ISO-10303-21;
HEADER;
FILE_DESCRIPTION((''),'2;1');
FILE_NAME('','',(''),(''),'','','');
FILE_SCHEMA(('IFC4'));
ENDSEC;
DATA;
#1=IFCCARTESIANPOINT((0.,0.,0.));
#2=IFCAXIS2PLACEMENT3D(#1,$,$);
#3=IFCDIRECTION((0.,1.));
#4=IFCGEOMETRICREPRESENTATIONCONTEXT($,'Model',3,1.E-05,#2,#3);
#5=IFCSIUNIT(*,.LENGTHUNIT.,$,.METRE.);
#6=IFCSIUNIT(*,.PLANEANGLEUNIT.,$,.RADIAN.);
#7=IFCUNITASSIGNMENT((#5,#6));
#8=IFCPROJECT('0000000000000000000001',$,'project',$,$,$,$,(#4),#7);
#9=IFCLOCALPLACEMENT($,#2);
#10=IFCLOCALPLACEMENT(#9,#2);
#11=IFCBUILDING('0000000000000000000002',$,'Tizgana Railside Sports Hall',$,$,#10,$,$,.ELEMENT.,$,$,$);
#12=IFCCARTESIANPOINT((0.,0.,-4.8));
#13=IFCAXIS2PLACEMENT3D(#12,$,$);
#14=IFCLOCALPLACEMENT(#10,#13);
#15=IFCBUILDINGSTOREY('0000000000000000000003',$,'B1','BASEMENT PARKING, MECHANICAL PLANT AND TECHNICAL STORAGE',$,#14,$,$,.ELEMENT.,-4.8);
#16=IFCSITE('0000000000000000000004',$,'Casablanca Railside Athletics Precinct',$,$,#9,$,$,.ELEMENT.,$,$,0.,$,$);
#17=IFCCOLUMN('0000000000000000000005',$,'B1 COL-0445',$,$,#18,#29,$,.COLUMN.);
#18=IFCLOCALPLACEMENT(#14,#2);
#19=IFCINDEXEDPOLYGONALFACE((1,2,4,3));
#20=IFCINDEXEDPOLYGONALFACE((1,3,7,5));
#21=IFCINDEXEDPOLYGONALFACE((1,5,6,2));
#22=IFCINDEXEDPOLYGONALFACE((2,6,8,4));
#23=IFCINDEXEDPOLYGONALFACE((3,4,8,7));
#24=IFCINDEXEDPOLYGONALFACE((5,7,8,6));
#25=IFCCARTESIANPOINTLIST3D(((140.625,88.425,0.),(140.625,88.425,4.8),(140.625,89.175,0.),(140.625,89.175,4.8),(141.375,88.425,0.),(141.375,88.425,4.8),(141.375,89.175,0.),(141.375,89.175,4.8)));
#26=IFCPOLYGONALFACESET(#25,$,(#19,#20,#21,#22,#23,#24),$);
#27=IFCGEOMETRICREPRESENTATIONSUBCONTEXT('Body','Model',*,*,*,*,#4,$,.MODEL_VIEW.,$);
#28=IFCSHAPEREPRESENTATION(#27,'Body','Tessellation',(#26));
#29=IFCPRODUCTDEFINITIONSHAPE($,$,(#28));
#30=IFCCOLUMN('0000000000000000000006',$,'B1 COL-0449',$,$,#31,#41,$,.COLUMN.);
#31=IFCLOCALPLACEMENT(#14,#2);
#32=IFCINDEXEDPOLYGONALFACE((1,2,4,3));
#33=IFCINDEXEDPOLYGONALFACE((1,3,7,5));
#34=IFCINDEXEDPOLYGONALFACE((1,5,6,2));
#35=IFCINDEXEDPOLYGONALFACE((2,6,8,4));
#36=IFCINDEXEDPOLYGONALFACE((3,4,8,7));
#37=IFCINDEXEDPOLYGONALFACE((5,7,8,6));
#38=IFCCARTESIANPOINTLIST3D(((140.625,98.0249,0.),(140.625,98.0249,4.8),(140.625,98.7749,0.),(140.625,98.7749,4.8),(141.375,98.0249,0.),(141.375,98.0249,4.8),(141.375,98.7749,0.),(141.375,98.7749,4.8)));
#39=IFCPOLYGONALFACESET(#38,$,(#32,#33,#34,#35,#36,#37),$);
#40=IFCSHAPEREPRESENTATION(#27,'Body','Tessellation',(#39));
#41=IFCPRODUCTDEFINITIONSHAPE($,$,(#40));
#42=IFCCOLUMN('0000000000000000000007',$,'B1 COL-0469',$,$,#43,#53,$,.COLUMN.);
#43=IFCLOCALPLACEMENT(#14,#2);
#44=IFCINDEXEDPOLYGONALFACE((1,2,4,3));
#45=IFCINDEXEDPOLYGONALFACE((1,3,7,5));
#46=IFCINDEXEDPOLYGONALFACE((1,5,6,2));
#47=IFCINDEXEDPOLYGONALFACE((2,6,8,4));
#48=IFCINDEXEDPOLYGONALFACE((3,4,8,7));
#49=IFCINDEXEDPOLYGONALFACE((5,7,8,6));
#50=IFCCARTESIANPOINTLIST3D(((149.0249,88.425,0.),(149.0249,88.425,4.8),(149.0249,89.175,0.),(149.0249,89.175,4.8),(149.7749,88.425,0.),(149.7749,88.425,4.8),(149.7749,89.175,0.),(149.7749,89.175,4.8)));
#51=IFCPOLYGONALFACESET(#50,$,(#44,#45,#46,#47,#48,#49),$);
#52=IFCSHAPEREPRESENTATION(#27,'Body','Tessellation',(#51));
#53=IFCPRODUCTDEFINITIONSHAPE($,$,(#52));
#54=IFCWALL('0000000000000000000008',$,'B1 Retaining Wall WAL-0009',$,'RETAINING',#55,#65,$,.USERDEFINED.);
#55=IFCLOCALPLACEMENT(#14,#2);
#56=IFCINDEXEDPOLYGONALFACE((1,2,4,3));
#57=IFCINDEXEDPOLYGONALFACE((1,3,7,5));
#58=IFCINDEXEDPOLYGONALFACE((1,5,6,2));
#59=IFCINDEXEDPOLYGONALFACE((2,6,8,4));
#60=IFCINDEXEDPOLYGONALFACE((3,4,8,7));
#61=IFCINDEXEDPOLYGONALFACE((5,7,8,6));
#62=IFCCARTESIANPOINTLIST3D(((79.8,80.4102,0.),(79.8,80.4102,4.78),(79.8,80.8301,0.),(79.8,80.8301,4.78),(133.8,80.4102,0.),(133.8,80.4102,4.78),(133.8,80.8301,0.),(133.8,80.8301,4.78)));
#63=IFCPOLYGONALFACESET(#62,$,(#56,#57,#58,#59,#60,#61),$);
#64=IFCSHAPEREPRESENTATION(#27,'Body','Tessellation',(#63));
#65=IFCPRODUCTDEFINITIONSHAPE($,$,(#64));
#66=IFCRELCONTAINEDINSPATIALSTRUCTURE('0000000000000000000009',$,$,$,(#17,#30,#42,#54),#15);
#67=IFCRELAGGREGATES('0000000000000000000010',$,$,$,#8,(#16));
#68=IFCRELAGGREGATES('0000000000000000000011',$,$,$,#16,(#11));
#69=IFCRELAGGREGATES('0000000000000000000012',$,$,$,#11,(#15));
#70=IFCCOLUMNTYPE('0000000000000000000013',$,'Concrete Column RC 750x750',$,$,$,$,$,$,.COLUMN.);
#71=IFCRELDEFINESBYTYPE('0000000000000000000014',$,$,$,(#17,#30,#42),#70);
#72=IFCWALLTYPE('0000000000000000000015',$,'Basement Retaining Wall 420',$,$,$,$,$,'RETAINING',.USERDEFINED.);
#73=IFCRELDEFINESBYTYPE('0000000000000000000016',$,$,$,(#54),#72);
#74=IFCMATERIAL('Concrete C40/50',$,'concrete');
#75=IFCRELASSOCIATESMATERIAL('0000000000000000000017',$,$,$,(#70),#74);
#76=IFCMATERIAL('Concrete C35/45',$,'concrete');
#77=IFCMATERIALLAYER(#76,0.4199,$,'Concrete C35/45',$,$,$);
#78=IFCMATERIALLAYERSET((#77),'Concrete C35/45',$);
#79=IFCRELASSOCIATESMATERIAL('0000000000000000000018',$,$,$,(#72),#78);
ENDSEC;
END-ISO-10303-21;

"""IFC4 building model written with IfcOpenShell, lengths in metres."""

from ifc_helpers import new_model, si_unit, direction, frame, frame_2d, origin, origin_2d, place, context, subcontext, project, spatial, rectangle, extrude, material, layer, layer_set, material_profile, profile_set, type_object, element, save


model = new_model("IFC4")

# Units and contexts
model_context = context("Model", 3, precision=1e-05, world=origin(), true_north=direction((0.0, 1.0)))
body_context = subcontext(model_context, "Body", "Model", "MODEL_VIEW")
ifc_project = project(units=[si_unit("LENGTHUNIT", "METRE"), si_unit("PLANEANGLEUNIT", "RADIAN")], contexts=[model_context])

# Site, building, storey
site_placement = place(None, origin())
site = spatial("IfcSite", under=ifc_project, at=site_placement, Name="Casablanca Railside Athletics Precinct", CompositionType="ELEMENT", RefElevation=0.0)
building_placement = place(site_placement, origin())
building = spatial("IfcBuilding", under=site, at=building_placement, Name="Tizgana Railside Sports Hall", CompositionType="ELEMENT")
storey_placement = place(building_placement, frame((0.0, 0.0, -4.8)))
storey = spatial("IfcBuildingStorey", under=building, at=storey_placement, Name="B1", Description="BASEMENT PARKING, MECHANICAL PLANT AND TECHNICAL STORAGE", CompositionType="ELEMENT", Elevation=-4.8)

# Shared definitions
ifc_material_1 = material(Name="Concrete C35/45", Category="concrete")

# Columns
ifc_material_2 = material(Name="Concrete C40/50", Category="concrete")
ifc_material_profile_1 = material_profile(ifc_material_2, rectangle(XDim=0.75, YDim=0.75, at=origin_2d()), Name="RC 750x750")
ifc_profile_set_1 = profile_set([ifc_material_profile_1], Name="Concrete C40/50")
column_type_1 = type_object("IfcColumnType", Name="Concrete Column RC 750x750", PredefinedType="COLUMN", material=ifc_profile_set_1)
for number, where, z_axis, x_axis, name in (
    (1, (141.0, 88.8, 0.0), (0.0, 0.0, 1.0), (1.0, 0.0, 0.0), "B1 COL-0445"),
    (2, (141.0, 98.3999, 0.0), (0.0, 0.0, 1.0), (1.0, 0.0, 0.0), "B1 COL-0449"),
    (3, (149.3999, 88.8, 0.0), (0.0, 0.0, 1.0), (1.0, 0.0, 0.0), "B1 COL-0469"),
):
    element("IfcColumn", number, at=place(storey_placement, frame(where, z_axis=z_axis, x_axis=x_axis)), inside=storey, type_object=column_type_1, Name=name, PredefinedType="COLUMN", context=body_context, shape_type="SweptSolid", body=[
        extrude(rectangle(XDim=0.75, YDim=0.75, at=origin_2d()), origin(), (0.0, 0.0, 1.0), 4.8),
    ])

# Wall
ifc_layer = layer(ifc_material_1, 0.4199, Name="Concrete C35/45")
ifc_layer_set = layer_set([ifc_layer], Name="Concrete C35/45")
wall_type = type_object("IfcWallType", Name="Basement Retaining Wall 420", ElementType="RETAINING", PredefinedType="USERDEFINED", material=ifc_layer_set)
wall_placement = place(storey_placement, frame((133.8, 80.6201, 0.0), z_axis=(0.0, 0.0, 1.0), x_axis=(-1.0, 0.0, 0.0)))
element("IfcWall", 4, at=wall_placement, inside=storey, type_object=wall_type, Name="B1 Retaining Wall WAL-0009", ObjectType="RETAINING", PredefinedType="USERDEFINED", context=body_context, shape_type="SweptSolid", body=[
    extrude(rectangle(XDim=54.0, YDim=0.4199, at=frame_2d((27.0, 0.0))), origin(), (0.0, 0.0, 1.0), 4.78),
])

save(model, "model.ifc")
